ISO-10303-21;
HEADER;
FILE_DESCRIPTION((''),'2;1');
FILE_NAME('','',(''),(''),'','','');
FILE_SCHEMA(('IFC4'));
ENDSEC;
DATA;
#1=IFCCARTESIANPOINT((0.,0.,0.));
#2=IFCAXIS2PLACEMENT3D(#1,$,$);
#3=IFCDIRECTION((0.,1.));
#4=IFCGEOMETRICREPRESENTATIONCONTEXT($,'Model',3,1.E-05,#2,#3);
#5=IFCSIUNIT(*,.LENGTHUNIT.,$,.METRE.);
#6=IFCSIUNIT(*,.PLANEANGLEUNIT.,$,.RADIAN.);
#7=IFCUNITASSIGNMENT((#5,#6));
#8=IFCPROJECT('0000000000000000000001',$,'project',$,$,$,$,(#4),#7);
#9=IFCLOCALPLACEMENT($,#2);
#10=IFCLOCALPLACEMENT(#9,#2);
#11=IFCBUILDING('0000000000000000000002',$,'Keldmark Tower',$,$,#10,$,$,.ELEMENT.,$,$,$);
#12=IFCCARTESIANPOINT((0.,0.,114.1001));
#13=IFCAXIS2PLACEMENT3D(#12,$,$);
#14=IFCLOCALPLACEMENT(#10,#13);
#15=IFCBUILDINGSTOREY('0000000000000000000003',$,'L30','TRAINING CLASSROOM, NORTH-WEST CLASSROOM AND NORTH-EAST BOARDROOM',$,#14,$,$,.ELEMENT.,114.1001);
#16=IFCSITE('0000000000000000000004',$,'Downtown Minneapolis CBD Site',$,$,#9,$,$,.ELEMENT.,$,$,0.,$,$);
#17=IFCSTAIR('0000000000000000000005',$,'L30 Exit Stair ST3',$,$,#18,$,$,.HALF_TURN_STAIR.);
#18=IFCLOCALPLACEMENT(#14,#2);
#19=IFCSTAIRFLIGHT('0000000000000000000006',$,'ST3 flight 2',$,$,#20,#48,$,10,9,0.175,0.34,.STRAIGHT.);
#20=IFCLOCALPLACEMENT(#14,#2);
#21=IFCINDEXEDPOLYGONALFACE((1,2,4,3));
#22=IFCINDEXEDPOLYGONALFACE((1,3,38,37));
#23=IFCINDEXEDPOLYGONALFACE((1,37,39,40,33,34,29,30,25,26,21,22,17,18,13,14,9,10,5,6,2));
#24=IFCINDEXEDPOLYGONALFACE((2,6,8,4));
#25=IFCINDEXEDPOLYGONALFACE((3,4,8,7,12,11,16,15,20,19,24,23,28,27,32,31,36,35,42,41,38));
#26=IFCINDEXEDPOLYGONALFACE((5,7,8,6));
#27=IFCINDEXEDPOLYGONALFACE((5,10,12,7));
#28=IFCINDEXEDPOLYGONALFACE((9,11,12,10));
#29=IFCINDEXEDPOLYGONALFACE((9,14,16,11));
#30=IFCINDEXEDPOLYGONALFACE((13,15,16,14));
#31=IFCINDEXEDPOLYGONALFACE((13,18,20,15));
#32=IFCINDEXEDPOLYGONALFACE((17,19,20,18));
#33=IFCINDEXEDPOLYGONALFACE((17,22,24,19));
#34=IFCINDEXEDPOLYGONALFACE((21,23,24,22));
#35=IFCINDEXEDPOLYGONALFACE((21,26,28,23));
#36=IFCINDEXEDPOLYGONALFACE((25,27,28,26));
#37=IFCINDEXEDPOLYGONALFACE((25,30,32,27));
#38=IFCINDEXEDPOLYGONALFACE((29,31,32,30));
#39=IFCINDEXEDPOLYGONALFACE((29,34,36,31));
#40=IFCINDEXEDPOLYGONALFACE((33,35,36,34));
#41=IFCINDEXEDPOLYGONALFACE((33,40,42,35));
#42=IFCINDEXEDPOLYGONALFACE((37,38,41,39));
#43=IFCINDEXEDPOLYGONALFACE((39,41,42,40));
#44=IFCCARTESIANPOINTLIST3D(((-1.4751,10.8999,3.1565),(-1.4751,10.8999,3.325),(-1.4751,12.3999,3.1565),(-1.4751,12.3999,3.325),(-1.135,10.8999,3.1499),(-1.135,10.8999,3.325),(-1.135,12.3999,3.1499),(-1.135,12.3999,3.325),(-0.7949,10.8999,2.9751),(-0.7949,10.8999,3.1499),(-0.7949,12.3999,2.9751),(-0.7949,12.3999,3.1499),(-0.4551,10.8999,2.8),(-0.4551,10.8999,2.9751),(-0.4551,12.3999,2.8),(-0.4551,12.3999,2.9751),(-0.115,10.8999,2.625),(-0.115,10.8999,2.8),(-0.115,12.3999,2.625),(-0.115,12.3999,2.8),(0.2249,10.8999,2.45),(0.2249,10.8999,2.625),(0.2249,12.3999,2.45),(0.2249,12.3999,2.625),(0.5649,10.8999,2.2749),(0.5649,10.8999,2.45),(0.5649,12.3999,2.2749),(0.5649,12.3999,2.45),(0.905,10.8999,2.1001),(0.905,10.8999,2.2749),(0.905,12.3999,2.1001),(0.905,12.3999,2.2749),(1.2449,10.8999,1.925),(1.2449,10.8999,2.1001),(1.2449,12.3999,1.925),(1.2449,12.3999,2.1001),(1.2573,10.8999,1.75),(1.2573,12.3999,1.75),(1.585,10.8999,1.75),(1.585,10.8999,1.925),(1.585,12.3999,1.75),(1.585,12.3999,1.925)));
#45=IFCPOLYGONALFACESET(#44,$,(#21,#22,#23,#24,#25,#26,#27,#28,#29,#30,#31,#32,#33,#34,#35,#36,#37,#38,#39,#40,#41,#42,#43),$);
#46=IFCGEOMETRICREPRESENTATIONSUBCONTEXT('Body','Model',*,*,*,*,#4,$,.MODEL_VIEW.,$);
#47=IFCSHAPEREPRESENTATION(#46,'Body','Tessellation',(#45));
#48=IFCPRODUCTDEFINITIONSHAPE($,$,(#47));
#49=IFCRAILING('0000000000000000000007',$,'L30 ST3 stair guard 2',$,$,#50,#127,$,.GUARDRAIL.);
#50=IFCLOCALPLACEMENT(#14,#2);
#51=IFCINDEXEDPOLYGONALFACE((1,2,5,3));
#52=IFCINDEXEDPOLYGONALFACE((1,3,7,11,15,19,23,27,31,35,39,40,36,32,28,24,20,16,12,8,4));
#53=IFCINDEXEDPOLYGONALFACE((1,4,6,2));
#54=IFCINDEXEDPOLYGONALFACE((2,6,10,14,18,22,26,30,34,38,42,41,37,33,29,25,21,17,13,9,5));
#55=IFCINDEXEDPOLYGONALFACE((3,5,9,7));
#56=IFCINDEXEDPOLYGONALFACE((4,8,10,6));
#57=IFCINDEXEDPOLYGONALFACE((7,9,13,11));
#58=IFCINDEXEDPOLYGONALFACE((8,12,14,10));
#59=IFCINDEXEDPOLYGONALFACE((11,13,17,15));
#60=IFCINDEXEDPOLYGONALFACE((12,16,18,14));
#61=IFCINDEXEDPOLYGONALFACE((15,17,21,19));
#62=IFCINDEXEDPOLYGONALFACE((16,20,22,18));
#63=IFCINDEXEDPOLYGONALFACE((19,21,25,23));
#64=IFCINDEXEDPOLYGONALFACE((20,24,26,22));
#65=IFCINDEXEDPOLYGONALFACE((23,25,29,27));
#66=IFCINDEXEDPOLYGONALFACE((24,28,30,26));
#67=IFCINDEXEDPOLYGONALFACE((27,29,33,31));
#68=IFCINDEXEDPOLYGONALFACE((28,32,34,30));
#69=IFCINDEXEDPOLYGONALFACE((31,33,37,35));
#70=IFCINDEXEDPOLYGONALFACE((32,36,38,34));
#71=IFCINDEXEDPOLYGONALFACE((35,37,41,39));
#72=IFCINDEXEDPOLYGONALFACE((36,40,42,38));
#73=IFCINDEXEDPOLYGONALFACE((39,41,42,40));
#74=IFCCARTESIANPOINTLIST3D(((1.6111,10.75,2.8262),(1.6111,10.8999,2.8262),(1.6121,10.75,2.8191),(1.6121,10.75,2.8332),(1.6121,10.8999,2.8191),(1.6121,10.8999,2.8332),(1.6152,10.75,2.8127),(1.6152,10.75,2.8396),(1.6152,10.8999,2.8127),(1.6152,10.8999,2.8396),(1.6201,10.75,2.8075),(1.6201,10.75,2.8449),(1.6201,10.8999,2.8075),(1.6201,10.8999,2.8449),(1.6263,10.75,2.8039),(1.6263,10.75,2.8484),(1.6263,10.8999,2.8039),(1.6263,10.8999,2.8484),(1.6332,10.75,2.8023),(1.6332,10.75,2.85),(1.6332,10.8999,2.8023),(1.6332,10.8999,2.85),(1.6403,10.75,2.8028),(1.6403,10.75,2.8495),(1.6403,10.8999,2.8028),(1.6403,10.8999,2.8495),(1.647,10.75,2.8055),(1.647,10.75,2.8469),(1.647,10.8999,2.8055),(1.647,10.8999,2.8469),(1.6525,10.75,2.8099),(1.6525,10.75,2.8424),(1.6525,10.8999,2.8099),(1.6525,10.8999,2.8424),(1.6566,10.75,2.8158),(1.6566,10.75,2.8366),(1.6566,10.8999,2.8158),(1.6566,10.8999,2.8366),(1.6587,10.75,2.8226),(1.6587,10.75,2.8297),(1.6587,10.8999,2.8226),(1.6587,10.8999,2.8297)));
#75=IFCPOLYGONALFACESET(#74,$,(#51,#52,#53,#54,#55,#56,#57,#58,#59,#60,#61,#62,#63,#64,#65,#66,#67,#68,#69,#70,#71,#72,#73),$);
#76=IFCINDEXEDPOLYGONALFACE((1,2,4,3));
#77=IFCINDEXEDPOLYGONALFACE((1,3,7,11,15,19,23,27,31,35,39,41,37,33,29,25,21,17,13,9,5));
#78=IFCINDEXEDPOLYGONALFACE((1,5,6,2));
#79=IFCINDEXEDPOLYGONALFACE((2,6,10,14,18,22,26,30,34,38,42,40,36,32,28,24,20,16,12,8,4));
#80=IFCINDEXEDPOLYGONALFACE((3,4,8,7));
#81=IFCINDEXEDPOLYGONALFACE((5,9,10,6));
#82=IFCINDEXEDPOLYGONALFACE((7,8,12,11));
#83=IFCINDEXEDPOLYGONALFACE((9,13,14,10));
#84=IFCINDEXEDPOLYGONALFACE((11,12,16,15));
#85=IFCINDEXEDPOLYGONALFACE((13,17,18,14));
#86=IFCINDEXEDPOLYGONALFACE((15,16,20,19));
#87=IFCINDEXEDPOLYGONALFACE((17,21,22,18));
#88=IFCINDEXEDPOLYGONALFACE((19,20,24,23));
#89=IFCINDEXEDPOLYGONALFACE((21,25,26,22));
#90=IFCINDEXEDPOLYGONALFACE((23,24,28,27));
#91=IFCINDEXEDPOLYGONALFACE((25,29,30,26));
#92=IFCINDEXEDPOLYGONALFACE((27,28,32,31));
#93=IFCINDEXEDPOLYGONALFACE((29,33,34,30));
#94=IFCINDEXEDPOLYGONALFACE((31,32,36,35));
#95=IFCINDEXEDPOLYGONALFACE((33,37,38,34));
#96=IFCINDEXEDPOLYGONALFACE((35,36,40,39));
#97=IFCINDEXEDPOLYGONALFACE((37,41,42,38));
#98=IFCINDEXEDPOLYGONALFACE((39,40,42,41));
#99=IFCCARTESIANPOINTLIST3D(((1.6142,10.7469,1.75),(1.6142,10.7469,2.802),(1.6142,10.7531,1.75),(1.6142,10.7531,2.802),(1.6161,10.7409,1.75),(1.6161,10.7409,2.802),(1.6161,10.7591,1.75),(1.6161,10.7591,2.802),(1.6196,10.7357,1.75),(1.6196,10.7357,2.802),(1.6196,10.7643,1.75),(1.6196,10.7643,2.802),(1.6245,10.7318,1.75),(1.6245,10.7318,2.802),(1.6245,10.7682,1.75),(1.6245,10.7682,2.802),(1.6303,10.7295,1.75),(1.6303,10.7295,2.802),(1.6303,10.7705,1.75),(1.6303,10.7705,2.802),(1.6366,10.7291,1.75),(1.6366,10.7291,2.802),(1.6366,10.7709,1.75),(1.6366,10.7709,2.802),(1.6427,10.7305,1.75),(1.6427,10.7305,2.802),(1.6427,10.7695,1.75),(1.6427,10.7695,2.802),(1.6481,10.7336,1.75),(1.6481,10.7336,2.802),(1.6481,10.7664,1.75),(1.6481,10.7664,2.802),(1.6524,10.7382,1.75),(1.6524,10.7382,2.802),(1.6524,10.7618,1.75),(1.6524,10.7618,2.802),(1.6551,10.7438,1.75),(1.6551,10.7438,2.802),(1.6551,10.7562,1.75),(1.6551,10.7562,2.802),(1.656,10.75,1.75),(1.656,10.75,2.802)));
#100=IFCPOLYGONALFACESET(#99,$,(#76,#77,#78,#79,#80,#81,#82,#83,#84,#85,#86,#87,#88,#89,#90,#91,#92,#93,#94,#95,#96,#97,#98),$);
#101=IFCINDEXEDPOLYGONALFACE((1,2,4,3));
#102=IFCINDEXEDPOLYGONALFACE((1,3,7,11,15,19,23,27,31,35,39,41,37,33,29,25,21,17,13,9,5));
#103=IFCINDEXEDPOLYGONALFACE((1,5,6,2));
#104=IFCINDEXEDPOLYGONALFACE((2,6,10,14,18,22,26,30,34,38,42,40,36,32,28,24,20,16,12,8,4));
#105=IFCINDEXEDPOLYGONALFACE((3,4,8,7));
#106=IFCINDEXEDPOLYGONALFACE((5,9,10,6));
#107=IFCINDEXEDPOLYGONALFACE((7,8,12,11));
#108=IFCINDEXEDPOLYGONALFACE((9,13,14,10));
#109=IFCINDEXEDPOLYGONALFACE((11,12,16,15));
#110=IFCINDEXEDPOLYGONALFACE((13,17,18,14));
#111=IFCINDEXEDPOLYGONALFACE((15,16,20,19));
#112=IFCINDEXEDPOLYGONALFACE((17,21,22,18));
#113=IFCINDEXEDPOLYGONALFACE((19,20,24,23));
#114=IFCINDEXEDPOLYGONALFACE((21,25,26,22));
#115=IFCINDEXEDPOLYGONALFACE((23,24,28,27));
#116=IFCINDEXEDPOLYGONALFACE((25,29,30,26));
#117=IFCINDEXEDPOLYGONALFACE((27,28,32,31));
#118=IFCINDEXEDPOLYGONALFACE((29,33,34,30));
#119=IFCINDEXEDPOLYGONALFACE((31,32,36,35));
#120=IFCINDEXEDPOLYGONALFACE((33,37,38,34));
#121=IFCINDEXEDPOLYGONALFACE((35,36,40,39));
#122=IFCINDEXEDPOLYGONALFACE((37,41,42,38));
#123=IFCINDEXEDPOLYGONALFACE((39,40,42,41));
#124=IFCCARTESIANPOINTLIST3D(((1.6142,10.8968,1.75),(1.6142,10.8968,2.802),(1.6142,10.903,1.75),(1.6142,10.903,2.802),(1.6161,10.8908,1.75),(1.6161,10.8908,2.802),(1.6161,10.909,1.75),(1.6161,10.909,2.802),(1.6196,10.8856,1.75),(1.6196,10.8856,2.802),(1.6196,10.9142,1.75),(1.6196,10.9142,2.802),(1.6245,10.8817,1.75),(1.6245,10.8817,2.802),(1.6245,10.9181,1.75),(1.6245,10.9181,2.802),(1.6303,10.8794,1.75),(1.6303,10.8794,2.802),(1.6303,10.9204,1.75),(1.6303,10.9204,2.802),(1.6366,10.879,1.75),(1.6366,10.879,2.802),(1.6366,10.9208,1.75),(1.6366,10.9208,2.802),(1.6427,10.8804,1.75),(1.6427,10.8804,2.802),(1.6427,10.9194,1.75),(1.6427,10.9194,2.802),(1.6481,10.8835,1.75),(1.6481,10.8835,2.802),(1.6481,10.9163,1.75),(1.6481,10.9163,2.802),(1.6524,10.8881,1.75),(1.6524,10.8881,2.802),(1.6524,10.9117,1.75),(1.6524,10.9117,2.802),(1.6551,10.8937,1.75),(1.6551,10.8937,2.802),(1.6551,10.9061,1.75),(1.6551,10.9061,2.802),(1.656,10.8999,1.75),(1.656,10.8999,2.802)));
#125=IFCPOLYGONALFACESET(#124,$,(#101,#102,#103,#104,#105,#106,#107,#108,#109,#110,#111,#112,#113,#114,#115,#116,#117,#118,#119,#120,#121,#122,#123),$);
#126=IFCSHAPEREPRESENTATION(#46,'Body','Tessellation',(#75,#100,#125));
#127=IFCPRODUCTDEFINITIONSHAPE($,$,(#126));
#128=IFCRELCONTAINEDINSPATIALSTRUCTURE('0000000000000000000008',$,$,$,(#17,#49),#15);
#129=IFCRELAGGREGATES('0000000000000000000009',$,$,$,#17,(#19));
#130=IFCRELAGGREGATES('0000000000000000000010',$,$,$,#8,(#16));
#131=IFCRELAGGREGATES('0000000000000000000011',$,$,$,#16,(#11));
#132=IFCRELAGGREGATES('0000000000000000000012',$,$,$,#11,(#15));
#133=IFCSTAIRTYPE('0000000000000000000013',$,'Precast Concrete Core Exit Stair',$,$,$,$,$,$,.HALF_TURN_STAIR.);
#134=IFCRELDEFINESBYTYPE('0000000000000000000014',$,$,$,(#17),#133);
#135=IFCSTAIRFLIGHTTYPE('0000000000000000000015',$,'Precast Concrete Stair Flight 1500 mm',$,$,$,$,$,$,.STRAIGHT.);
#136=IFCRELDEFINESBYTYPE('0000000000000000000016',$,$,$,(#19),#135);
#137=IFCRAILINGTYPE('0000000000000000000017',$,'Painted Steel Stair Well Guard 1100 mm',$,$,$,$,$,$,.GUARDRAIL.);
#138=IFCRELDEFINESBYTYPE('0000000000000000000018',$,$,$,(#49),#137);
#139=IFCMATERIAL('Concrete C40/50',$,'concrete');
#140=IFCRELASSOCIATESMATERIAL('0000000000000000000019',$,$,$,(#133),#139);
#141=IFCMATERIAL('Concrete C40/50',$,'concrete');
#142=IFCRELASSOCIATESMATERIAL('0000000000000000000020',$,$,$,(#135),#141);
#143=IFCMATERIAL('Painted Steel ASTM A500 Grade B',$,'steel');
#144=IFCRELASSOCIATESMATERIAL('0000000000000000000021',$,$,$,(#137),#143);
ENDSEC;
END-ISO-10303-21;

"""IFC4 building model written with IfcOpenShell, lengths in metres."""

from ifc_helpers import new_model, si_unit, direction, frame, origin, origin_2d, place, context, subcontext, project, spatial, polyline, circle, outline, extrude, material, type_object, element, aggregate, save


model = new_model("IFC4")

# Units and contexts
model_context = context("Model", 3, precision=1e-05, world=origin(), true_north=direction((0.0, 1.0)))
body_context = subcontext(model_context, "Body", "Model", "MODEL_VIEW")
ifc_project = project(units=[si_unit("LENGTHUNIT", "METRE"), si_unit("PLANEANGLEUNIT", "RADIAN")], contexts=[model_context])

# Site, building, storey
site_placement = place(None, origin())
site = spatial("IfcSite", under=ifc_project, at=site_placement, Name="Downtown Minneapolis CBD Site", CompositionType="ELEMENT", RefElevation=0.0)
building_placement = place(site_placement, origin())
building = spatial("IfcBuilding", under=site, at=building_placement, Name="Keldmark Tower", CompositionType="ELEMENT")
storey_placement = place(building_placement, frame((0.0, 0.0, 114.1001)))
storey = spatial("IfcBuildingStorey", under=building, at=storey_placement, Name="L30", Description="TRAINING CLASSROOM, NORTH-WEST CLASSROOM AND NORTH-EAST BOARDROOM", CompositionType="ELEMENT", Elevation=114.1001)

# Stair, stair flight
ifc_material_1 = material(Name="Concrete C40/50", Category="concrete")
stair_type = type_object("IfcStairType", Name="Precast Concrete Core Exit Stair", PredefinedType="HALF_TURN_STAIR", material=ifc_material_1)
stair_placement = place(storey_placement, origin())
stair = element("IfcStair", 1, at=stair_placement, inside=storey, type_object=stair_type, Name="L30 Exit Stair ST3", PredefinedType="HALF_TURN_STAIR")
ifc_material_2 = material(Name="Concrete C40/50", Category="concrete")
stair_flight_type = type_object("IfcStairFlightType", Name="Precast Concrete Stair Flight 1500 mm", PredefinedType="STRAIGHT", material=ifc_material_2)
stair_flight_placement = place(storey_placement, frame((1.585, 11.6499, 1.75), z_axis=(0.0, 0.0, 1.0), x_axis=(-1.0, 0.0, 0.0)))
stair_flight = element("IfcStairFlight", 2, at=stair_flight_placement, type_object=stair_flight_type, Name="ST3 flight 2", NumberOfRisers=10, NumberOfTreads=9, PredefinedType="STRAIGHT", RiserHeight=0.175, TreadLength=0.34, context=body_context, shape_type="SweptSolid", body=[
    extrude(outline(polyline([(0.0, 0.0), (0.0, 0.175), (0.3401, 0.175), (0.3401, 0.3501), (0.6799, 0.3501), (0.6799, 0.5249), (1.02, 0.5249), (1.02, 0.7), (1.3601, 0.7), (1.3601, 0.875), (1.7, 0.875), (1.7, 1.05), (2.04, 1.05), (2.04, 1.2251), (2.3799, 1.2251), (2.3799, 1.3999), (2.72, 1.3999), (2.72, 1.575), (3.0601, 1.575), (3.0601, 1.75), (3.0601, 1.4065), (0.3276, 0.0), (0.0, 0.0)])), frame((0.0, 0.75, 0.0), z_axis=(0.0, -1.0, 0.0), x_axis=(1.0, 0.0, 0.0)), (0.0, 0.0, 1.0), 1.5),
])
aggregate(stair, [stair_flight])

# Railing
ifc_material_3 = material(Name="Painted Steel ASTM A500 Grade B", Category="steel")
railing_type_1 = type_object("IfcRailingType", Name="Painted Steel Stair Well Guard 1100 mm", PredefinedType="GUARDRAIL", material=ifc_material_3)
railing_1_placement = place(storey_placement, frame((1.635, 10.75, 1.75)))
element("IfcRailing", 3, at=railing_1_placement, inside=storey, type_object=railing_type_1, Name="L30 ST3 stair guard 2", PredefinedType="GUARDRAIL", context=body_context, shape_type="SweptSolid", body=[
    extrude(circle(Radius=0.0239, at=origin_2d()), frame((0.0, 0.0, 1.0762), z_axis=(0.0, 1.0, 0.0), x_axis=(-1.0, 0.0, 0.0)), (0.0, 0.0, 1.0), 0.1499),
    extrude(circle(Radius=0.021, at=origin_2d()), origin(), (0.0, 0.0, 1.0), 1.052),
    extrude(circle(Radius=0.021, at=origin_2d()), frame((0.0, 0.1499, 0.0)), (0.0, 0.0, 1.0), 1.052),
])

save(model, "model.ifc")
